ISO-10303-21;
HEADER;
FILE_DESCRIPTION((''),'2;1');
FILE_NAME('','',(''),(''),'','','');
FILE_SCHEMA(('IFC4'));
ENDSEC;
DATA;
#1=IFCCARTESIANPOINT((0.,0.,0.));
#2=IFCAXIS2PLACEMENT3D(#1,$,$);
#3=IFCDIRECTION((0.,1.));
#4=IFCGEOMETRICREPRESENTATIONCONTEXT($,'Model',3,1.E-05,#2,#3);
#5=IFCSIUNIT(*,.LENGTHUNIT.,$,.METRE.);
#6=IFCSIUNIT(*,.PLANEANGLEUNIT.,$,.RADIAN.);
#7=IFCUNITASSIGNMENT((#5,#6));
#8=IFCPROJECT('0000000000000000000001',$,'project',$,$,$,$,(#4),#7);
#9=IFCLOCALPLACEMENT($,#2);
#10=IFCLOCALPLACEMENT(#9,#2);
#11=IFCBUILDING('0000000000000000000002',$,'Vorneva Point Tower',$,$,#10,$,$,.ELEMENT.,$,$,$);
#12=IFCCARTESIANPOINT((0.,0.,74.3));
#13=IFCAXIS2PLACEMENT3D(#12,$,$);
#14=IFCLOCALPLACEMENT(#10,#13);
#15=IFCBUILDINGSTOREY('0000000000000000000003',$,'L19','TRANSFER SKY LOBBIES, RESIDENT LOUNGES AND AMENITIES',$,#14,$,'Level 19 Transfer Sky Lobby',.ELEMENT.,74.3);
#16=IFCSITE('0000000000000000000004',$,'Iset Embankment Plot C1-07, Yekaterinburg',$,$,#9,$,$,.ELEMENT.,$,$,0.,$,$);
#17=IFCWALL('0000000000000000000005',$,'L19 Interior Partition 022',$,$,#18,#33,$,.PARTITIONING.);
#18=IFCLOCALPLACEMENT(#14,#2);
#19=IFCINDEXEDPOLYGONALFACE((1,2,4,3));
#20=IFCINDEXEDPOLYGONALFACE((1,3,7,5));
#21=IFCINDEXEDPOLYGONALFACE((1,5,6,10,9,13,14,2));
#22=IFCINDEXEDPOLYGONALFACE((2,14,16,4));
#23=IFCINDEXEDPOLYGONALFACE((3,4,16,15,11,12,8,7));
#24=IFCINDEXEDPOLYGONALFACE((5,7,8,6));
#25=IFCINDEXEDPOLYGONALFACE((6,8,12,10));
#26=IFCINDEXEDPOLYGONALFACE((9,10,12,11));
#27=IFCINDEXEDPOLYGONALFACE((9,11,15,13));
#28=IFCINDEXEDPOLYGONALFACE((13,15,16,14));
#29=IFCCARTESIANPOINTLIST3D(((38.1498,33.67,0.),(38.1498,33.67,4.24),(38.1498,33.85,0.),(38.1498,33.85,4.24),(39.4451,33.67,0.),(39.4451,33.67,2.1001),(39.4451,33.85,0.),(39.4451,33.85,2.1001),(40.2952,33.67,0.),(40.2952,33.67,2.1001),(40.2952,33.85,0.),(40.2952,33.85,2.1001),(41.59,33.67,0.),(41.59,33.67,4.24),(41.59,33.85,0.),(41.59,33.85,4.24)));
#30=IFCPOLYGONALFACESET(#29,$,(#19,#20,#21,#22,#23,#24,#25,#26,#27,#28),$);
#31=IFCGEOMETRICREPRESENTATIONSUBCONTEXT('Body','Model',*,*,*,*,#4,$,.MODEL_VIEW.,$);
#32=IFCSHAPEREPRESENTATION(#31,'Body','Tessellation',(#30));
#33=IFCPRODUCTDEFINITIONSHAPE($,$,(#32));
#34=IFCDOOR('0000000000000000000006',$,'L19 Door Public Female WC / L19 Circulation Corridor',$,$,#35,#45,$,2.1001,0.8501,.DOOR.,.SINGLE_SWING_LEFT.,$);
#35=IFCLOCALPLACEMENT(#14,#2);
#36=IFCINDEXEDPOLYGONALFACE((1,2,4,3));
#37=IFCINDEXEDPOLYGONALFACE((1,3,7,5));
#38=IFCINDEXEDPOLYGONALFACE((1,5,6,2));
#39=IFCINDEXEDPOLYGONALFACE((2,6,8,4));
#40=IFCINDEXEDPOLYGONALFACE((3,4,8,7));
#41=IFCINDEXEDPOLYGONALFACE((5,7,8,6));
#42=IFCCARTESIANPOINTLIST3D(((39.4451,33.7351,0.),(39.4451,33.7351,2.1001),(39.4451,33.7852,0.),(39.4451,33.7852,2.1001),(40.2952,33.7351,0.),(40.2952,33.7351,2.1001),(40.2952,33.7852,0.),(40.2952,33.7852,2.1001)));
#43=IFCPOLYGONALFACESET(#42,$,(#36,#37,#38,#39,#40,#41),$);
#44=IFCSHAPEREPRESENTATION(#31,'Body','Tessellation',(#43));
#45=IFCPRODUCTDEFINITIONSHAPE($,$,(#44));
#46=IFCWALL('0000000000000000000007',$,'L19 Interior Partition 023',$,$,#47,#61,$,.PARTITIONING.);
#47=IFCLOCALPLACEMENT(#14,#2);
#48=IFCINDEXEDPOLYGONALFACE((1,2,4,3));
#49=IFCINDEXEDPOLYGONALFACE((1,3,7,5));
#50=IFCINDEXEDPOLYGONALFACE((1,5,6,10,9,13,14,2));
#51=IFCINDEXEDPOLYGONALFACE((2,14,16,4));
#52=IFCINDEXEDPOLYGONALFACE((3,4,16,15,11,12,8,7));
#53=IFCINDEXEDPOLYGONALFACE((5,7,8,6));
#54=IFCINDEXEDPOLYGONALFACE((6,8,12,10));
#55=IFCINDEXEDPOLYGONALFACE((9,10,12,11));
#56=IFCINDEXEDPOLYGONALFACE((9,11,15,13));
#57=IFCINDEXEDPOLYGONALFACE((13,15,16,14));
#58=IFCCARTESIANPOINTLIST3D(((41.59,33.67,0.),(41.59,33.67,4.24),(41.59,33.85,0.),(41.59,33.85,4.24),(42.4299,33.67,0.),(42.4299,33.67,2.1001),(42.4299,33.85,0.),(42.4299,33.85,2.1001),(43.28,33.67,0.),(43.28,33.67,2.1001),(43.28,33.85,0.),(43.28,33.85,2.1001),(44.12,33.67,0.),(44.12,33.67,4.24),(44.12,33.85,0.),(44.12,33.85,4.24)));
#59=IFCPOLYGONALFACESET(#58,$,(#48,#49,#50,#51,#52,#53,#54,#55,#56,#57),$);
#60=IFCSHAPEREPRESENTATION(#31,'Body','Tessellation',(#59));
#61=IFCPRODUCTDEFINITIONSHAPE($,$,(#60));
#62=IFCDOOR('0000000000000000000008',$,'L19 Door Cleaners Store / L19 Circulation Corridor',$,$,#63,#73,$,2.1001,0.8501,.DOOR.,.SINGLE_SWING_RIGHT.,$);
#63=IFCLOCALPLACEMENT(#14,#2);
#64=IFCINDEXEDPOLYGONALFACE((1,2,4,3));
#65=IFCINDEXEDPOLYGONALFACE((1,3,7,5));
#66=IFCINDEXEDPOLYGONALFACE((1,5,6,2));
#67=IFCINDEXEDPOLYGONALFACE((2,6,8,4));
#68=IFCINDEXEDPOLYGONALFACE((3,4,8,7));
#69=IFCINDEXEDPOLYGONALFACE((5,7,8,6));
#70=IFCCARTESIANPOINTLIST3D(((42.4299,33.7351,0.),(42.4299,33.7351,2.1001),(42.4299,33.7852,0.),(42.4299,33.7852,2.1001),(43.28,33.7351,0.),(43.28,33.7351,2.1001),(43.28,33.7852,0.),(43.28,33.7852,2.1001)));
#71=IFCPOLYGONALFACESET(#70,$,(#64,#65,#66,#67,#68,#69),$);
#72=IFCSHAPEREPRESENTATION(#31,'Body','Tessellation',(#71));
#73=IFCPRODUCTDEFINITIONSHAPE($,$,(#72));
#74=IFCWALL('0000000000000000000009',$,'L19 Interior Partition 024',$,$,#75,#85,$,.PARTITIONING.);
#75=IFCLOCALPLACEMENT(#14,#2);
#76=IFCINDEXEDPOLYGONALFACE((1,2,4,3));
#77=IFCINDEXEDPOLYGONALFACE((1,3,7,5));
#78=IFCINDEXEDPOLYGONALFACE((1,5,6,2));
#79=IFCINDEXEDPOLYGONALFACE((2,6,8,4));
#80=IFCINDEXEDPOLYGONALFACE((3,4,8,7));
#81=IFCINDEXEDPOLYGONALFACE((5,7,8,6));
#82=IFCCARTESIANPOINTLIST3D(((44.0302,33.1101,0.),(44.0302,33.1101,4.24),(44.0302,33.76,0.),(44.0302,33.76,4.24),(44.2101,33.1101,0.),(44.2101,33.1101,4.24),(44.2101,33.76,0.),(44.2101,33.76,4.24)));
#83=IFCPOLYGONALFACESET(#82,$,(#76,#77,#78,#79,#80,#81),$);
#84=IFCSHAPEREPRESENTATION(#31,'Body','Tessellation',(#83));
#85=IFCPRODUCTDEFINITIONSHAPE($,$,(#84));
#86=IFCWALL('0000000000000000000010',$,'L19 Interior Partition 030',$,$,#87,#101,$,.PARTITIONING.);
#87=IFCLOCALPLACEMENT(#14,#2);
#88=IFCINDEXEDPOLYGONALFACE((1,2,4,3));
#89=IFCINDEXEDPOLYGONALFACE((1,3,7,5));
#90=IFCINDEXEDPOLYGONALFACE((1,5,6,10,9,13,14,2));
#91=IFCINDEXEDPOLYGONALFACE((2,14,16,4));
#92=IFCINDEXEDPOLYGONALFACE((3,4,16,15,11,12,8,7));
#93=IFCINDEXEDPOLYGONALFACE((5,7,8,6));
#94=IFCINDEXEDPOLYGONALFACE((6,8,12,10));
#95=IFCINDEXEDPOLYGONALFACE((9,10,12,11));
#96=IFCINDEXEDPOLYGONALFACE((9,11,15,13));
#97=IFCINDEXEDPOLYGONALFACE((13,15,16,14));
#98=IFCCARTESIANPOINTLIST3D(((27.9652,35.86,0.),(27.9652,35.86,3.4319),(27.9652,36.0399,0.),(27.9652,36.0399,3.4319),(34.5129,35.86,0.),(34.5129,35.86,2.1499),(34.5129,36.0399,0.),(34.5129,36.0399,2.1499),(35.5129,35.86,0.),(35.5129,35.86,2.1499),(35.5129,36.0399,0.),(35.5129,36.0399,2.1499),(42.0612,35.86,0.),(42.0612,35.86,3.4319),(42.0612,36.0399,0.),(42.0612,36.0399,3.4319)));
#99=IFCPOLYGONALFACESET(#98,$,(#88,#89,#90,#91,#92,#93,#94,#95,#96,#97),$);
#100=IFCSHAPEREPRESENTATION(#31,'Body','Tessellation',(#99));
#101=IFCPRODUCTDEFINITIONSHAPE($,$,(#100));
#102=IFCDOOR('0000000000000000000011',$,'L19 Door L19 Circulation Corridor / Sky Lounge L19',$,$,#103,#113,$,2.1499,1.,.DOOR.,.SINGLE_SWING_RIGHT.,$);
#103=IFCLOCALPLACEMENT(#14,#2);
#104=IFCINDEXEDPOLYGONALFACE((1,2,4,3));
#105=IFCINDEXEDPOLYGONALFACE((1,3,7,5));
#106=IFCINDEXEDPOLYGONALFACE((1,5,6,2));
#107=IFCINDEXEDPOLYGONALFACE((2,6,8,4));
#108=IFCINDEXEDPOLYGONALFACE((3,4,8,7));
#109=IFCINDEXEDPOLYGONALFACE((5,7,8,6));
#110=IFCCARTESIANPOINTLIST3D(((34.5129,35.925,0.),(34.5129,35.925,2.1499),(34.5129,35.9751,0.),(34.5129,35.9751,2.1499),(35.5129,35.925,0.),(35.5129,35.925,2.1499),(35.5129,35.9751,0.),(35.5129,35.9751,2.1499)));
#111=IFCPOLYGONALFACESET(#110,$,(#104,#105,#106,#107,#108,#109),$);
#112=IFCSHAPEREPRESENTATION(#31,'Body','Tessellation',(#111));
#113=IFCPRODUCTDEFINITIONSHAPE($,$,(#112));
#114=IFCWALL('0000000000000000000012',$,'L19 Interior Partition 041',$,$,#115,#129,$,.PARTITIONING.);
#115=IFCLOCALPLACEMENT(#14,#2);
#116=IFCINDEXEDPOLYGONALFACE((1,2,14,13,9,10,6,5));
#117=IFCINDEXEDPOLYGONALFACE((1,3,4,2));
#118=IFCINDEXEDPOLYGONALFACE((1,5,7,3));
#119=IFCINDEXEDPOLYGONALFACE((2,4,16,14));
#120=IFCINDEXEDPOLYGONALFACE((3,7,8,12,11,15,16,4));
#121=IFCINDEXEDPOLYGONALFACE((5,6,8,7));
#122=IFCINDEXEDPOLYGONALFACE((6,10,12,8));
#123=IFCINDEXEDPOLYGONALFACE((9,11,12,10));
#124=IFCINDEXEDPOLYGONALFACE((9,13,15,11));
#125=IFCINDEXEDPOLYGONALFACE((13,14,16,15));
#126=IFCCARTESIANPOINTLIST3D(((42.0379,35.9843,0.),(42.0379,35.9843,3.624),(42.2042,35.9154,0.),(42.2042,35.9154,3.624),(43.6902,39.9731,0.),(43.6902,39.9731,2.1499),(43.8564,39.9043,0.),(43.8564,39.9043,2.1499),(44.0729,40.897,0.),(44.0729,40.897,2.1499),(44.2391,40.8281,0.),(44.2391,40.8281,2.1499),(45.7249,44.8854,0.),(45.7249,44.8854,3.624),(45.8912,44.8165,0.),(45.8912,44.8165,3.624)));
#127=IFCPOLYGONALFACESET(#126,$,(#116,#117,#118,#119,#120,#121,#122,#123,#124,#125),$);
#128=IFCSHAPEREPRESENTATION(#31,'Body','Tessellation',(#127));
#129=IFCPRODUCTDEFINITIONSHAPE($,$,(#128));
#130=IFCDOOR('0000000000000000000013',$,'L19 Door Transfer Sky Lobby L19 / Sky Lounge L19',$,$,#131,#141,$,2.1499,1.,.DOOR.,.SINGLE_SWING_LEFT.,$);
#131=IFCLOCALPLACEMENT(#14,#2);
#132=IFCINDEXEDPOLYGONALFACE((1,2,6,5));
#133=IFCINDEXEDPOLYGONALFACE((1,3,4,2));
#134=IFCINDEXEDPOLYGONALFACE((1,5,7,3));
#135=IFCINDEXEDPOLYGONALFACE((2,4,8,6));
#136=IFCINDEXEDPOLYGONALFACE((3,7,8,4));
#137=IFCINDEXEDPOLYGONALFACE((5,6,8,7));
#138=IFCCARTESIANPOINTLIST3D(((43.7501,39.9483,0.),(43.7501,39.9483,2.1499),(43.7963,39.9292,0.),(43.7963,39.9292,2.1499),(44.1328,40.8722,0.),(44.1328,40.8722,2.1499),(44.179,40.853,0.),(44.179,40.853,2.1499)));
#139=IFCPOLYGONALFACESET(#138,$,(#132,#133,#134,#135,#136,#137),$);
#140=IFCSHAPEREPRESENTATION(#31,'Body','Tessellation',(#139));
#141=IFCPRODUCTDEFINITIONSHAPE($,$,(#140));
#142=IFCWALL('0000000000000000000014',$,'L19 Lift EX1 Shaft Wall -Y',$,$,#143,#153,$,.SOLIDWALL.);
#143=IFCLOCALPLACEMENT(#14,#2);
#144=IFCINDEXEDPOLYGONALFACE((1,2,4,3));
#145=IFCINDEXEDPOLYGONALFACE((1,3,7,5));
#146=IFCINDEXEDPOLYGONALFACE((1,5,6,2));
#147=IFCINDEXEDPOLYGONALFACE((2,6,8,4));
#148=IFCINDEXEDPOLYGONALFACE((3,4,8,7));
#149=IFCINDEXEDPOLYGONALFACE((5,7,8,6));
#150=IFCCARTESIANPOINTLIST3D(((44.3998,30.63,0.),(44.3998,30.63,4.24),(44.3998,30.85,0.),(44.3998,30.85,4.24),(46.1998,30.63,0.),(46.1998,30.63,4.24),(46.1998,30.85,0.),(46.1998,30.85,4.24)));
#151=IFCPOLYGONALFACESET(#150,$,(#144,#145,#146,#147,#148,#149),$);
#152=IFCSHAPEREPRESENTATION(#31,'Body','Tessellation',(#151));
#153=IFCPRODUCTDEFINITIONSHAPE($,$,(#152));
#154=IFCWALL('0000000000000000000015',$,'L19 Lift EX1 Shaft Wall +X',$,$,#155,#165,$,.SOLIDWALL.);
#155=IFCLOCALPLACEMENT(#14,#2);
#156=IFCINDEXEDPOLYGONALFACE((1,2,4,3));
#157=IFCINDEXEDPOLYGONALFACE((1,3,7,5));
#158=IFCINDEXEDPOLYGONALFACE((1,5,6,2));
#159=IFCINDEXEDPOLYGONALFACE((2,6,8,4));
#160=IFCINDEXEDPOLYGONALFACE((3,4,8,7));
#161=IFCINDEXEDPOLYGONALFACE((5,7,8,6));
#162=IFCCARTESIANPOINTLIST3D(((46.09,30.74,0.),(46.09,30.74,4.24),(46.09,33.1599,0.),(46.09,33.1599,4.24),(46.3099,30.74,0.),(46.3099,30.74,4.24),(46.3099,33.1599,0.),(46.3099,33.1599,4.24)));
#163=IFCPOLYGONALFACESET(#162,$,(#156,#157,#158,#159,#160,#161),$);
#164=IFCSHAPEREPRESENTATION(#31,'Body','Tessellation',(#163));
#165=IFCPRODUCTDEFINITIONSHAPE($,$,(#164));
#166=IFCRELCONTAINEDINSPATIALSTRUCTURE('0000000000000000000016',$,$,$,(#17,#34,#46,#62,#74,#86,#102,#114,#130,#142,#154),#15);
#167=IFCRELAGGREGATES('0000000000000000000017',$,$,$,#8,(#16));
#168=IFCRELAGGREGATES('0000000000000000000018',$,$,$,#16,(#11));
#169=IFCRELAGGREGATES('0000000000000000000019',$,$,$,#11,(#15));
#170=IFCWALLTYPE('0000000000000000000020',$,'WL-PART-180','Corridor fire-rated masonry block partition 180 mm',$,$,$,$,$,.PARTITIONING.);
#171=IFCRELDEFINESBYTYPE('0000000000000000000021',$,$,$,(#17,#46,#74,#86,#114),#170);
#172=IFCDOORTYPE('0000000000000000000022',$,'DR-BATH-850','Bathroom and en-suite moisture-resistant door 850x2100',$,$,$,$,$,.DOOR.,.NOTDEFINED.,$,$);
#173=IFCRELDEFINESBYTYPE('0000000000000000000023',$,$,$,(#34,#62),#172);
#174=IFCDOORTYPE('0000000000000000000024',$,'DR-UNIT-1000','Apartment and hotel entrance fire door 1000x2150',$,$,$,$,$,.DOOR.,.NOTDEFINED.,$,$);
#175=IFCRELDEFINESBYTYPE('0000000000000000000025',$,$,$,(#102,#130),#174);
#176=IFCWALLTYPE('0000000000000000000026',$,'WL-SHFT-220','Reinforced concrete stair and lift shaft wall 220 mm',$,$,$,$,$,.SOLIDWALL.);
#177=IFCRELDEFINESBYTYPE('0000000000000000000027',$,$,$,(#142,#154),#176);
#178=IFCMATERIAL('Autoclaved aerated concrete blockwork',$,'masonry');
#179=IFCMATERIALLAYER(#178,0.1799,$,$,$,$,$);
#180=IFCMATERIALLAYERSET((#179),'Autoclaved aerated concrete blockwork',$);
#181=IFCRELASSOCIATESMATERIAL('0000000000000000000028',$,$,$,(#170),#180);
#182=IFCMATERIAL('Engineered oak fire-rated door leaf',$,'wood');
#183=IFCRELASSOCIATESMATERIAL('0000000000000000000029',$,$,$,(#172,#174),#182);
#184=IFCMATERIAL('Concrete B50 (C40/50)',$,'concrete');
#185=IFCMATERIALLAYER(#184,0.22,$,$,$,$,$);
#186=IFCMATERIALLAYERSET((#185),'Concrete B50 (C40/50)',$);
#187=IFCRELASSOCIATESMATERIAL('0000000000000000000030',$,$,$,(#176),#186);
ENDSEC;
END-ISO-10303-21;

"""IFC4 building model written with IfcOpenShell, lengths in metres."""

from ifc_helpers import new_model, si_unit, direction, frame, frame_2d, origin, place, context, subcontext, project, spatial, rectangle, extrude, material, layer, layer_set, type_object, element, fill, save


model = new_model("IFC4")

# Units and contexts
model_context = context("Model", 3, precision=1e-05, world=origin(), true_north=direction((0.0, 1.0)))
body_context = subcontext(model_context, "Body", "Model", "MODEL_VIEW")
ifc_project = project(units=[si_unit("LENGTHUNIT", "METRE"), si_unit("PLANEANGLEUNIT", "RADIAN")], contexts=[model_context])

# Site, building, storey
site_placement = place(None, origin())
site = spatial("IfcSite", under=ifc_project, at=site_placement, Name="Iset Embankment Plot C1-07, Yekaterinburg", CompositionType="ELEMENT", RefElevation=0.0)
building_placement = place(site_placement, origin())
building = spatial("IfcBuilding", under=site, at=building_placement, Name="Vorneva Point Tower", CompositionType="ELEMENT")
storey_placement = place(building_placement, frame((0.0, 0.0, 74.3)))
storey = spatial("IfcBuildingStorey", under=building, at=storey_placement, Name="L19", Description="TRANSFER SKY LOBBIES, RESIDENT LOUNGES AND AMENITIES", LongName="Level 19 Transfer Sky Lobby", CompositionType="ELEMENT", Elevation=74.3)

# Walls, openings, doors
ifc_material_1 = material(Name="Autoclaved aerated concrete blockwork", Category="masonry")
ifc_layer_1 = layer(ifc_material_1, 0.1799)
ifc_layer_set_1 = layer_set([ifc_layer_1], Name="Autoclaved aerated concrete blockwork")
wall_type_1 = type_object("IfcWallType", Name="WL-PART-180", Description="Corridor fire-rated masonry block partition 180 mm", PredefinedType="PARTITIONING", material=ifc_layer_set_1)
ifc_material_2 = material(Name="Engineered oak fire-rated door leaf", Category="wood")
door_type_1 = type_object("IfcDoorType", Name="DR-BATH-850", Description="Bathroom and en-suite moisture-resistant door 850x2100", OperationType="NOTDEFINED", PredefinedType="DOOR", material=ifc_material_2)
wall_1_placement = place(storey_placement, frame((41.5901, 33.76, 0.0), z_axis=(0.0, 0.0, 1.0), x_axis=(-1.0, 0.0, 0.0)))
wall_1 = element("IfcWall", 1, at=wall_1_placement, inside=storey, type_object=wall_type_1, Name="L19 Interior Partition 022", PredefinedType="PARTITIONING", context=body_context, shape_type="SweptSolid", body=[
    extrude(rectangle(XDim=3.4402, YDim=0.1799, at=frame_2d((1.7202, 0.0))), origin(), (0.0, 0.0, 1.0), 4.24),
])
opening_1_placement = place(wall_1_placement, frame((1.2949, 0.0, 0.0)))
opening_1 = element("IfcOpeningElement", 2, at=opening_1_placement, cuts=wall_1, PredefinedType="OPENING", context=body_context, shape_type="SweptSolid", body=[
    extrude(rectangle(XDim=0.8501, YDim=2.1001, at=frame_2d((0.425, 1.05))), frame((0.0, 0.105, 0.0), z_axis=(0.0, -1.0, 0.0), x_axis=(1.0, 0.0, 0.0)), (0.0, 0.0, 1.0), 0.2097),
])
door_1_placement = place(opening_1_placement, origin())
door_1 = element("IfcDoor", 3, at=door_1_placement, inside=storey, type_object=door_type_1, Name="L19 Door Public Female WC / L19 Circulation Corridor", OperationType="SINGLE_SWING_LEFT", OverallHeight=2.1001, OverallWidth=0.8501, PredefinedType="DOOR", context=body_context, shape_type="SweptSolid", body=[
    extrude(rectangle(XDim=0.8501, YDim=2.1001, at=frame_2d((0.425, 1.05))), frame((0.0, 0.0249, 0.0), z_axis=(0.0, -1.0, 0.0), x_axis=(1.0, 0.0, 0.0)), (0.0, 0.0, 1.0), 0.05),
])
fill(opening_1, door_1)
wall_2_placement = place(storey_placement, frame((44.1201, 33.76, 0.0), z_axis=(0.0, 0.0, 1.0), x_axis=(-1.0, 0.0, 0.0)))
wall_2 = element("IfcWall", 4, at=wall_2_placement, inside=storey, type_object=wall_type_1, Name="L19 Interior Partition 023", PredefinedType="PARTITIONING", context=body_context, shape_type="SweptSolid", body=[
    extrude(rectangle(XDim=2.53, YDim=0.1799, at=frame_2d((1.2651, 0.0))), origin(), (0.0, 0.0, 1.0), 4.24),
])
opening_2_placement = place(wall_2_placement, frame((0.8401, 0.0, 0.0)))
opening_2 = element("IfcOpeningElement", 5, at=opening_2_placement, cuts=wall_2, PredefinedType="OPENING", context=body_context, shape_type="SweptSolid", body=[
    extrude(rectangle(XDim=0.8501, YDim=2.1001, at=frame_2d((0.425, 1.05))), frame((0.0, 0.105, 0.0), z_axis=(0.0, -1.0, 0.0), x_axis=(1.0, 0.0, 0.0)), (0.0, 0.0, 1.0), 0.2097),
])
door_2_placement = place(opening_2_placement, origin())
door_2 = element("IfcDoor", 6, at=door_2_placement, inside=storey, type_object=door_type_1, Name="L19 Door Cleaners Store / L19 Circulation Corridor", OperationType="SINGLE_SWING_RIGHT", OverallHeight=2.1001, OverallWidth=0.8501, PredefinedType="DOOR", context=body_context, shape_type="SweptSolid", body=[
    extrude(rectangle(XDim=0.8501, YDim=2.1001, at=frame_2d((0.425, 1.05))), frame((0.0, 0.0249, 0.0), z_axis=(0.0, -1.0, 0.0), x_axis=(1.0, 0.0, 0.0)), (0.0, 0.0, 1.0), 0.05),
])
fill(opening_2, door_2)

# Wall
wall_3_placement = place(storey_placement, frame((44.1201, 33.1101, 0.0), z_axis=(0.0, 0.0, 1.0), x_axis=(0.0, 1.0, 0.0)))
element("IfcWall", 7, at=wall_3_placement, inside=storey, type_object=wall_type_1, Name="L19 Interior Partition 024", PredefinedType="PARTITIONING", context=body_context, shape_type="SweptSolid", body=[
    extrude(rectangle(XDim=0.6499, YDim=0.1799, at=frame_2d((0.325, 0.0))), origin(), (0.0, 0.0, 1.0), 4.24),
])

# Walls, openings, doors
wall_4_placement = place(storey_placement, frame((42.061, 35.95, 0.0), z_axis=(0.0, 0.0, 1.0), x_axis=(-1.0, 0.0, 0.0)))
wall_4 = element("IfcWall", 8, at=wall_4_placement, inside=storey, type_object=wall_type_1, Name="L19 Interior Partition 030", PredefinedType="PARTITIONING", context=body_context, shape_type="SweptSolid", body=[
    extrude(rectangle(XDim=14.0959, YDim=0.1799, at=frame_2d((7.0479, 0.0))), origin(), (0.0, 0.0, 1.0), 3.4319),
])
opening_3_placement = place(wall_4_placement, frame((6.5481, 0.0, 0.0)))
opening_3 = element("IfcOpeningElement", 9, at=opening_3_placement, cuts=wall_4, PredefinedType="OPENING", context=body_context, shape_type="SweptSolid", body=[
    extrude(rectangle(XDim=1.0, YDim=2.1499, at=frame_2d((0.5, 1.075))), frame((0.0, 0.105, 0.0), z_axis=(0.0, -1.0, 0.0), x_axis=(1.0, 0.0, 0.0)), (0.0, 0.0, 1.0), 0.2097),
])
door_type_2 = type_object("IfcDoorType", Name="DR-UNIT-1000", Description="Apartment and hotel entrance fire door 1000x2150", OperationType="NOTDEFINED", PredefinedType="DOOR", material=ifc_material_2)
door_3_placement = place(opening_3_placement, origin())
door_3 = element("IfcDoor", 10, at=door_3_placement, inside=storey, type_object=door_type_2, Name="L19 Door L19 Circulation Corridor / Sky Lounge L19", OperationType="SINGLE_SWING_RIGHT", OverallHeight=2.1499, OverallWidth=1.0, PredefinedType="DOOR", context=body_context, shape_type="SweptSolid", body=[
    extrude(rectangle(XDim=1.0, YDim=2.1499, at=frame_2d((0.5, 1.075))), frame((0.0, 0.0249, 0.0), z_axis=(0.0, -1.0, 0.0), x_axis=(1.0, 0.0, 0.0)), (0.0, 0.0, 1.0), 0.05),
])
fill(opening_3, door_3)
wall_5_placement = place(storey_placement, frame((45.8081, 44.8511, 0.0), z_axis=(0.0, 0.0, 1.0), x_axis=(-0.382687, -0.923878, 0.0)))
wall_5 = element("IfcWall", 11, at=wall_5_placement, inside=storey, type_object=wall_type_1, Name="L19 Interior Partition 041", PredefinedType="PARTITIONING", context=body_context, shape_type="SweptSolid", body=[
    extrude(rectangle(XDim=9.6345, YDim=0.1799, at=frame_2d((4.8174, 0.0))), origin(), (0.0, 0.0, 1.0), 3.624),
])
opening_4_placement = place(wall_5_placement, frame((4.3171, 0.0, 0.0)))
opening_4 = element("IfcOpeningElement", 12, at=opening_4_placement, cuts=wall_5, PredefinedType="OPENING", context=body_context, shape_type="SweptSolid", body=[
    extrude(rectangle(XDim=1.0, YDim=2.1499, at=frame_2d((0.5, 1.075))), frame((0.0, 0.105, 0.0), z_axis=(0.0, -1.0, 0.0), x_axis=(1.0, 0.0, 0.0)), (0.0, 0.0, 1.0), 0.2097),
])
door_4_placement = place(opening_4_placement, origin())
door_4 = element("IfcDoor", 13, at=door_4_placement, inside=storey, type_object=door_type_2, Name="L19 Door Transfer Sky Lobby L19 / Sky Lounge L19", OperationType="SINGLE_SWING_LEFT", OverallHeight=2.1499, OverallWidth=1.0, PredefinedType="DOOR", context=body_context, shape_type="SweptSolid", body=[
    extrude(rectangle(XDim=1.0, YDim=2.1499, at=frame_2d((0.5, 1.075))), frame((0.0, 0.0249, 0.0), z_axis=(0.0, -1.0, 0.0), x_axis=(1.0, 0.0, 0.0)), (0.0, 0.0, 1.0), 0.05),
])
fill(opening_4, door_4)

# Walls
ifc_material_3 = material(Name="Concrete B50 (C40/50)", Category="concrete")
ifc_layer_2 = layer(ifc_material_3, 0.22)
ifc_layer_set_2 = layer_set([ifc_layer_2], Name="Concrete B50 (C40/50)")
wall_type_2 = type_object("IfcWallType", Name="WL-SHFT-220", Description="Reinforced concrete stair and lift shaft wall 220 mm", PredefinedType="SOLIDWALL", material=ifc_layer_set_2)
wall_6_placement = place(storey_placement, frame((44.3999, 30.74, 0.0), z_axis=(0.0, 0.0, 1.0), x_axis=(1.0, 0.0, 0.0)))
element("IfcWall", 14, at=wall_6_placement, inside=storey, type_object=wall_type_2, Name="L19 Lift EX1 Shaft Wall -Y", PredefinedType="SOLIDWALL", context=body_context, shape_type="SweptSolid", body=[
    extrude(rectangle(XDim=1.8, YDim=0.22, at=frame_2d((0.8999, 0.0))), origin(), (0.0, 0.0, 1.0), 4.24),
])
wall_7_placement = place(storey_placement, frame((46.2, 30.74, 0.0), z_axis=(0.0, 0.0, 1.0), x_axis=(0.0, 1.0, 0.0)))
element("IfcWall", 15, at=wall_7_placement, inside=storey, type_object=wall_type_2, Name="L19 Lift EX1 Shaft Wall +X", PredefinedType="SOLIDWALL", context=body_context, shape_type="SweptSolid", body=[
    extrude(rectangle(XDim=2.4199, YDim=0.22, at=frame_2d((1.21, 0.0))), origin(), (0.0, 0.0, 1.0), 4.24),
])

save(model, "model.ifc")
